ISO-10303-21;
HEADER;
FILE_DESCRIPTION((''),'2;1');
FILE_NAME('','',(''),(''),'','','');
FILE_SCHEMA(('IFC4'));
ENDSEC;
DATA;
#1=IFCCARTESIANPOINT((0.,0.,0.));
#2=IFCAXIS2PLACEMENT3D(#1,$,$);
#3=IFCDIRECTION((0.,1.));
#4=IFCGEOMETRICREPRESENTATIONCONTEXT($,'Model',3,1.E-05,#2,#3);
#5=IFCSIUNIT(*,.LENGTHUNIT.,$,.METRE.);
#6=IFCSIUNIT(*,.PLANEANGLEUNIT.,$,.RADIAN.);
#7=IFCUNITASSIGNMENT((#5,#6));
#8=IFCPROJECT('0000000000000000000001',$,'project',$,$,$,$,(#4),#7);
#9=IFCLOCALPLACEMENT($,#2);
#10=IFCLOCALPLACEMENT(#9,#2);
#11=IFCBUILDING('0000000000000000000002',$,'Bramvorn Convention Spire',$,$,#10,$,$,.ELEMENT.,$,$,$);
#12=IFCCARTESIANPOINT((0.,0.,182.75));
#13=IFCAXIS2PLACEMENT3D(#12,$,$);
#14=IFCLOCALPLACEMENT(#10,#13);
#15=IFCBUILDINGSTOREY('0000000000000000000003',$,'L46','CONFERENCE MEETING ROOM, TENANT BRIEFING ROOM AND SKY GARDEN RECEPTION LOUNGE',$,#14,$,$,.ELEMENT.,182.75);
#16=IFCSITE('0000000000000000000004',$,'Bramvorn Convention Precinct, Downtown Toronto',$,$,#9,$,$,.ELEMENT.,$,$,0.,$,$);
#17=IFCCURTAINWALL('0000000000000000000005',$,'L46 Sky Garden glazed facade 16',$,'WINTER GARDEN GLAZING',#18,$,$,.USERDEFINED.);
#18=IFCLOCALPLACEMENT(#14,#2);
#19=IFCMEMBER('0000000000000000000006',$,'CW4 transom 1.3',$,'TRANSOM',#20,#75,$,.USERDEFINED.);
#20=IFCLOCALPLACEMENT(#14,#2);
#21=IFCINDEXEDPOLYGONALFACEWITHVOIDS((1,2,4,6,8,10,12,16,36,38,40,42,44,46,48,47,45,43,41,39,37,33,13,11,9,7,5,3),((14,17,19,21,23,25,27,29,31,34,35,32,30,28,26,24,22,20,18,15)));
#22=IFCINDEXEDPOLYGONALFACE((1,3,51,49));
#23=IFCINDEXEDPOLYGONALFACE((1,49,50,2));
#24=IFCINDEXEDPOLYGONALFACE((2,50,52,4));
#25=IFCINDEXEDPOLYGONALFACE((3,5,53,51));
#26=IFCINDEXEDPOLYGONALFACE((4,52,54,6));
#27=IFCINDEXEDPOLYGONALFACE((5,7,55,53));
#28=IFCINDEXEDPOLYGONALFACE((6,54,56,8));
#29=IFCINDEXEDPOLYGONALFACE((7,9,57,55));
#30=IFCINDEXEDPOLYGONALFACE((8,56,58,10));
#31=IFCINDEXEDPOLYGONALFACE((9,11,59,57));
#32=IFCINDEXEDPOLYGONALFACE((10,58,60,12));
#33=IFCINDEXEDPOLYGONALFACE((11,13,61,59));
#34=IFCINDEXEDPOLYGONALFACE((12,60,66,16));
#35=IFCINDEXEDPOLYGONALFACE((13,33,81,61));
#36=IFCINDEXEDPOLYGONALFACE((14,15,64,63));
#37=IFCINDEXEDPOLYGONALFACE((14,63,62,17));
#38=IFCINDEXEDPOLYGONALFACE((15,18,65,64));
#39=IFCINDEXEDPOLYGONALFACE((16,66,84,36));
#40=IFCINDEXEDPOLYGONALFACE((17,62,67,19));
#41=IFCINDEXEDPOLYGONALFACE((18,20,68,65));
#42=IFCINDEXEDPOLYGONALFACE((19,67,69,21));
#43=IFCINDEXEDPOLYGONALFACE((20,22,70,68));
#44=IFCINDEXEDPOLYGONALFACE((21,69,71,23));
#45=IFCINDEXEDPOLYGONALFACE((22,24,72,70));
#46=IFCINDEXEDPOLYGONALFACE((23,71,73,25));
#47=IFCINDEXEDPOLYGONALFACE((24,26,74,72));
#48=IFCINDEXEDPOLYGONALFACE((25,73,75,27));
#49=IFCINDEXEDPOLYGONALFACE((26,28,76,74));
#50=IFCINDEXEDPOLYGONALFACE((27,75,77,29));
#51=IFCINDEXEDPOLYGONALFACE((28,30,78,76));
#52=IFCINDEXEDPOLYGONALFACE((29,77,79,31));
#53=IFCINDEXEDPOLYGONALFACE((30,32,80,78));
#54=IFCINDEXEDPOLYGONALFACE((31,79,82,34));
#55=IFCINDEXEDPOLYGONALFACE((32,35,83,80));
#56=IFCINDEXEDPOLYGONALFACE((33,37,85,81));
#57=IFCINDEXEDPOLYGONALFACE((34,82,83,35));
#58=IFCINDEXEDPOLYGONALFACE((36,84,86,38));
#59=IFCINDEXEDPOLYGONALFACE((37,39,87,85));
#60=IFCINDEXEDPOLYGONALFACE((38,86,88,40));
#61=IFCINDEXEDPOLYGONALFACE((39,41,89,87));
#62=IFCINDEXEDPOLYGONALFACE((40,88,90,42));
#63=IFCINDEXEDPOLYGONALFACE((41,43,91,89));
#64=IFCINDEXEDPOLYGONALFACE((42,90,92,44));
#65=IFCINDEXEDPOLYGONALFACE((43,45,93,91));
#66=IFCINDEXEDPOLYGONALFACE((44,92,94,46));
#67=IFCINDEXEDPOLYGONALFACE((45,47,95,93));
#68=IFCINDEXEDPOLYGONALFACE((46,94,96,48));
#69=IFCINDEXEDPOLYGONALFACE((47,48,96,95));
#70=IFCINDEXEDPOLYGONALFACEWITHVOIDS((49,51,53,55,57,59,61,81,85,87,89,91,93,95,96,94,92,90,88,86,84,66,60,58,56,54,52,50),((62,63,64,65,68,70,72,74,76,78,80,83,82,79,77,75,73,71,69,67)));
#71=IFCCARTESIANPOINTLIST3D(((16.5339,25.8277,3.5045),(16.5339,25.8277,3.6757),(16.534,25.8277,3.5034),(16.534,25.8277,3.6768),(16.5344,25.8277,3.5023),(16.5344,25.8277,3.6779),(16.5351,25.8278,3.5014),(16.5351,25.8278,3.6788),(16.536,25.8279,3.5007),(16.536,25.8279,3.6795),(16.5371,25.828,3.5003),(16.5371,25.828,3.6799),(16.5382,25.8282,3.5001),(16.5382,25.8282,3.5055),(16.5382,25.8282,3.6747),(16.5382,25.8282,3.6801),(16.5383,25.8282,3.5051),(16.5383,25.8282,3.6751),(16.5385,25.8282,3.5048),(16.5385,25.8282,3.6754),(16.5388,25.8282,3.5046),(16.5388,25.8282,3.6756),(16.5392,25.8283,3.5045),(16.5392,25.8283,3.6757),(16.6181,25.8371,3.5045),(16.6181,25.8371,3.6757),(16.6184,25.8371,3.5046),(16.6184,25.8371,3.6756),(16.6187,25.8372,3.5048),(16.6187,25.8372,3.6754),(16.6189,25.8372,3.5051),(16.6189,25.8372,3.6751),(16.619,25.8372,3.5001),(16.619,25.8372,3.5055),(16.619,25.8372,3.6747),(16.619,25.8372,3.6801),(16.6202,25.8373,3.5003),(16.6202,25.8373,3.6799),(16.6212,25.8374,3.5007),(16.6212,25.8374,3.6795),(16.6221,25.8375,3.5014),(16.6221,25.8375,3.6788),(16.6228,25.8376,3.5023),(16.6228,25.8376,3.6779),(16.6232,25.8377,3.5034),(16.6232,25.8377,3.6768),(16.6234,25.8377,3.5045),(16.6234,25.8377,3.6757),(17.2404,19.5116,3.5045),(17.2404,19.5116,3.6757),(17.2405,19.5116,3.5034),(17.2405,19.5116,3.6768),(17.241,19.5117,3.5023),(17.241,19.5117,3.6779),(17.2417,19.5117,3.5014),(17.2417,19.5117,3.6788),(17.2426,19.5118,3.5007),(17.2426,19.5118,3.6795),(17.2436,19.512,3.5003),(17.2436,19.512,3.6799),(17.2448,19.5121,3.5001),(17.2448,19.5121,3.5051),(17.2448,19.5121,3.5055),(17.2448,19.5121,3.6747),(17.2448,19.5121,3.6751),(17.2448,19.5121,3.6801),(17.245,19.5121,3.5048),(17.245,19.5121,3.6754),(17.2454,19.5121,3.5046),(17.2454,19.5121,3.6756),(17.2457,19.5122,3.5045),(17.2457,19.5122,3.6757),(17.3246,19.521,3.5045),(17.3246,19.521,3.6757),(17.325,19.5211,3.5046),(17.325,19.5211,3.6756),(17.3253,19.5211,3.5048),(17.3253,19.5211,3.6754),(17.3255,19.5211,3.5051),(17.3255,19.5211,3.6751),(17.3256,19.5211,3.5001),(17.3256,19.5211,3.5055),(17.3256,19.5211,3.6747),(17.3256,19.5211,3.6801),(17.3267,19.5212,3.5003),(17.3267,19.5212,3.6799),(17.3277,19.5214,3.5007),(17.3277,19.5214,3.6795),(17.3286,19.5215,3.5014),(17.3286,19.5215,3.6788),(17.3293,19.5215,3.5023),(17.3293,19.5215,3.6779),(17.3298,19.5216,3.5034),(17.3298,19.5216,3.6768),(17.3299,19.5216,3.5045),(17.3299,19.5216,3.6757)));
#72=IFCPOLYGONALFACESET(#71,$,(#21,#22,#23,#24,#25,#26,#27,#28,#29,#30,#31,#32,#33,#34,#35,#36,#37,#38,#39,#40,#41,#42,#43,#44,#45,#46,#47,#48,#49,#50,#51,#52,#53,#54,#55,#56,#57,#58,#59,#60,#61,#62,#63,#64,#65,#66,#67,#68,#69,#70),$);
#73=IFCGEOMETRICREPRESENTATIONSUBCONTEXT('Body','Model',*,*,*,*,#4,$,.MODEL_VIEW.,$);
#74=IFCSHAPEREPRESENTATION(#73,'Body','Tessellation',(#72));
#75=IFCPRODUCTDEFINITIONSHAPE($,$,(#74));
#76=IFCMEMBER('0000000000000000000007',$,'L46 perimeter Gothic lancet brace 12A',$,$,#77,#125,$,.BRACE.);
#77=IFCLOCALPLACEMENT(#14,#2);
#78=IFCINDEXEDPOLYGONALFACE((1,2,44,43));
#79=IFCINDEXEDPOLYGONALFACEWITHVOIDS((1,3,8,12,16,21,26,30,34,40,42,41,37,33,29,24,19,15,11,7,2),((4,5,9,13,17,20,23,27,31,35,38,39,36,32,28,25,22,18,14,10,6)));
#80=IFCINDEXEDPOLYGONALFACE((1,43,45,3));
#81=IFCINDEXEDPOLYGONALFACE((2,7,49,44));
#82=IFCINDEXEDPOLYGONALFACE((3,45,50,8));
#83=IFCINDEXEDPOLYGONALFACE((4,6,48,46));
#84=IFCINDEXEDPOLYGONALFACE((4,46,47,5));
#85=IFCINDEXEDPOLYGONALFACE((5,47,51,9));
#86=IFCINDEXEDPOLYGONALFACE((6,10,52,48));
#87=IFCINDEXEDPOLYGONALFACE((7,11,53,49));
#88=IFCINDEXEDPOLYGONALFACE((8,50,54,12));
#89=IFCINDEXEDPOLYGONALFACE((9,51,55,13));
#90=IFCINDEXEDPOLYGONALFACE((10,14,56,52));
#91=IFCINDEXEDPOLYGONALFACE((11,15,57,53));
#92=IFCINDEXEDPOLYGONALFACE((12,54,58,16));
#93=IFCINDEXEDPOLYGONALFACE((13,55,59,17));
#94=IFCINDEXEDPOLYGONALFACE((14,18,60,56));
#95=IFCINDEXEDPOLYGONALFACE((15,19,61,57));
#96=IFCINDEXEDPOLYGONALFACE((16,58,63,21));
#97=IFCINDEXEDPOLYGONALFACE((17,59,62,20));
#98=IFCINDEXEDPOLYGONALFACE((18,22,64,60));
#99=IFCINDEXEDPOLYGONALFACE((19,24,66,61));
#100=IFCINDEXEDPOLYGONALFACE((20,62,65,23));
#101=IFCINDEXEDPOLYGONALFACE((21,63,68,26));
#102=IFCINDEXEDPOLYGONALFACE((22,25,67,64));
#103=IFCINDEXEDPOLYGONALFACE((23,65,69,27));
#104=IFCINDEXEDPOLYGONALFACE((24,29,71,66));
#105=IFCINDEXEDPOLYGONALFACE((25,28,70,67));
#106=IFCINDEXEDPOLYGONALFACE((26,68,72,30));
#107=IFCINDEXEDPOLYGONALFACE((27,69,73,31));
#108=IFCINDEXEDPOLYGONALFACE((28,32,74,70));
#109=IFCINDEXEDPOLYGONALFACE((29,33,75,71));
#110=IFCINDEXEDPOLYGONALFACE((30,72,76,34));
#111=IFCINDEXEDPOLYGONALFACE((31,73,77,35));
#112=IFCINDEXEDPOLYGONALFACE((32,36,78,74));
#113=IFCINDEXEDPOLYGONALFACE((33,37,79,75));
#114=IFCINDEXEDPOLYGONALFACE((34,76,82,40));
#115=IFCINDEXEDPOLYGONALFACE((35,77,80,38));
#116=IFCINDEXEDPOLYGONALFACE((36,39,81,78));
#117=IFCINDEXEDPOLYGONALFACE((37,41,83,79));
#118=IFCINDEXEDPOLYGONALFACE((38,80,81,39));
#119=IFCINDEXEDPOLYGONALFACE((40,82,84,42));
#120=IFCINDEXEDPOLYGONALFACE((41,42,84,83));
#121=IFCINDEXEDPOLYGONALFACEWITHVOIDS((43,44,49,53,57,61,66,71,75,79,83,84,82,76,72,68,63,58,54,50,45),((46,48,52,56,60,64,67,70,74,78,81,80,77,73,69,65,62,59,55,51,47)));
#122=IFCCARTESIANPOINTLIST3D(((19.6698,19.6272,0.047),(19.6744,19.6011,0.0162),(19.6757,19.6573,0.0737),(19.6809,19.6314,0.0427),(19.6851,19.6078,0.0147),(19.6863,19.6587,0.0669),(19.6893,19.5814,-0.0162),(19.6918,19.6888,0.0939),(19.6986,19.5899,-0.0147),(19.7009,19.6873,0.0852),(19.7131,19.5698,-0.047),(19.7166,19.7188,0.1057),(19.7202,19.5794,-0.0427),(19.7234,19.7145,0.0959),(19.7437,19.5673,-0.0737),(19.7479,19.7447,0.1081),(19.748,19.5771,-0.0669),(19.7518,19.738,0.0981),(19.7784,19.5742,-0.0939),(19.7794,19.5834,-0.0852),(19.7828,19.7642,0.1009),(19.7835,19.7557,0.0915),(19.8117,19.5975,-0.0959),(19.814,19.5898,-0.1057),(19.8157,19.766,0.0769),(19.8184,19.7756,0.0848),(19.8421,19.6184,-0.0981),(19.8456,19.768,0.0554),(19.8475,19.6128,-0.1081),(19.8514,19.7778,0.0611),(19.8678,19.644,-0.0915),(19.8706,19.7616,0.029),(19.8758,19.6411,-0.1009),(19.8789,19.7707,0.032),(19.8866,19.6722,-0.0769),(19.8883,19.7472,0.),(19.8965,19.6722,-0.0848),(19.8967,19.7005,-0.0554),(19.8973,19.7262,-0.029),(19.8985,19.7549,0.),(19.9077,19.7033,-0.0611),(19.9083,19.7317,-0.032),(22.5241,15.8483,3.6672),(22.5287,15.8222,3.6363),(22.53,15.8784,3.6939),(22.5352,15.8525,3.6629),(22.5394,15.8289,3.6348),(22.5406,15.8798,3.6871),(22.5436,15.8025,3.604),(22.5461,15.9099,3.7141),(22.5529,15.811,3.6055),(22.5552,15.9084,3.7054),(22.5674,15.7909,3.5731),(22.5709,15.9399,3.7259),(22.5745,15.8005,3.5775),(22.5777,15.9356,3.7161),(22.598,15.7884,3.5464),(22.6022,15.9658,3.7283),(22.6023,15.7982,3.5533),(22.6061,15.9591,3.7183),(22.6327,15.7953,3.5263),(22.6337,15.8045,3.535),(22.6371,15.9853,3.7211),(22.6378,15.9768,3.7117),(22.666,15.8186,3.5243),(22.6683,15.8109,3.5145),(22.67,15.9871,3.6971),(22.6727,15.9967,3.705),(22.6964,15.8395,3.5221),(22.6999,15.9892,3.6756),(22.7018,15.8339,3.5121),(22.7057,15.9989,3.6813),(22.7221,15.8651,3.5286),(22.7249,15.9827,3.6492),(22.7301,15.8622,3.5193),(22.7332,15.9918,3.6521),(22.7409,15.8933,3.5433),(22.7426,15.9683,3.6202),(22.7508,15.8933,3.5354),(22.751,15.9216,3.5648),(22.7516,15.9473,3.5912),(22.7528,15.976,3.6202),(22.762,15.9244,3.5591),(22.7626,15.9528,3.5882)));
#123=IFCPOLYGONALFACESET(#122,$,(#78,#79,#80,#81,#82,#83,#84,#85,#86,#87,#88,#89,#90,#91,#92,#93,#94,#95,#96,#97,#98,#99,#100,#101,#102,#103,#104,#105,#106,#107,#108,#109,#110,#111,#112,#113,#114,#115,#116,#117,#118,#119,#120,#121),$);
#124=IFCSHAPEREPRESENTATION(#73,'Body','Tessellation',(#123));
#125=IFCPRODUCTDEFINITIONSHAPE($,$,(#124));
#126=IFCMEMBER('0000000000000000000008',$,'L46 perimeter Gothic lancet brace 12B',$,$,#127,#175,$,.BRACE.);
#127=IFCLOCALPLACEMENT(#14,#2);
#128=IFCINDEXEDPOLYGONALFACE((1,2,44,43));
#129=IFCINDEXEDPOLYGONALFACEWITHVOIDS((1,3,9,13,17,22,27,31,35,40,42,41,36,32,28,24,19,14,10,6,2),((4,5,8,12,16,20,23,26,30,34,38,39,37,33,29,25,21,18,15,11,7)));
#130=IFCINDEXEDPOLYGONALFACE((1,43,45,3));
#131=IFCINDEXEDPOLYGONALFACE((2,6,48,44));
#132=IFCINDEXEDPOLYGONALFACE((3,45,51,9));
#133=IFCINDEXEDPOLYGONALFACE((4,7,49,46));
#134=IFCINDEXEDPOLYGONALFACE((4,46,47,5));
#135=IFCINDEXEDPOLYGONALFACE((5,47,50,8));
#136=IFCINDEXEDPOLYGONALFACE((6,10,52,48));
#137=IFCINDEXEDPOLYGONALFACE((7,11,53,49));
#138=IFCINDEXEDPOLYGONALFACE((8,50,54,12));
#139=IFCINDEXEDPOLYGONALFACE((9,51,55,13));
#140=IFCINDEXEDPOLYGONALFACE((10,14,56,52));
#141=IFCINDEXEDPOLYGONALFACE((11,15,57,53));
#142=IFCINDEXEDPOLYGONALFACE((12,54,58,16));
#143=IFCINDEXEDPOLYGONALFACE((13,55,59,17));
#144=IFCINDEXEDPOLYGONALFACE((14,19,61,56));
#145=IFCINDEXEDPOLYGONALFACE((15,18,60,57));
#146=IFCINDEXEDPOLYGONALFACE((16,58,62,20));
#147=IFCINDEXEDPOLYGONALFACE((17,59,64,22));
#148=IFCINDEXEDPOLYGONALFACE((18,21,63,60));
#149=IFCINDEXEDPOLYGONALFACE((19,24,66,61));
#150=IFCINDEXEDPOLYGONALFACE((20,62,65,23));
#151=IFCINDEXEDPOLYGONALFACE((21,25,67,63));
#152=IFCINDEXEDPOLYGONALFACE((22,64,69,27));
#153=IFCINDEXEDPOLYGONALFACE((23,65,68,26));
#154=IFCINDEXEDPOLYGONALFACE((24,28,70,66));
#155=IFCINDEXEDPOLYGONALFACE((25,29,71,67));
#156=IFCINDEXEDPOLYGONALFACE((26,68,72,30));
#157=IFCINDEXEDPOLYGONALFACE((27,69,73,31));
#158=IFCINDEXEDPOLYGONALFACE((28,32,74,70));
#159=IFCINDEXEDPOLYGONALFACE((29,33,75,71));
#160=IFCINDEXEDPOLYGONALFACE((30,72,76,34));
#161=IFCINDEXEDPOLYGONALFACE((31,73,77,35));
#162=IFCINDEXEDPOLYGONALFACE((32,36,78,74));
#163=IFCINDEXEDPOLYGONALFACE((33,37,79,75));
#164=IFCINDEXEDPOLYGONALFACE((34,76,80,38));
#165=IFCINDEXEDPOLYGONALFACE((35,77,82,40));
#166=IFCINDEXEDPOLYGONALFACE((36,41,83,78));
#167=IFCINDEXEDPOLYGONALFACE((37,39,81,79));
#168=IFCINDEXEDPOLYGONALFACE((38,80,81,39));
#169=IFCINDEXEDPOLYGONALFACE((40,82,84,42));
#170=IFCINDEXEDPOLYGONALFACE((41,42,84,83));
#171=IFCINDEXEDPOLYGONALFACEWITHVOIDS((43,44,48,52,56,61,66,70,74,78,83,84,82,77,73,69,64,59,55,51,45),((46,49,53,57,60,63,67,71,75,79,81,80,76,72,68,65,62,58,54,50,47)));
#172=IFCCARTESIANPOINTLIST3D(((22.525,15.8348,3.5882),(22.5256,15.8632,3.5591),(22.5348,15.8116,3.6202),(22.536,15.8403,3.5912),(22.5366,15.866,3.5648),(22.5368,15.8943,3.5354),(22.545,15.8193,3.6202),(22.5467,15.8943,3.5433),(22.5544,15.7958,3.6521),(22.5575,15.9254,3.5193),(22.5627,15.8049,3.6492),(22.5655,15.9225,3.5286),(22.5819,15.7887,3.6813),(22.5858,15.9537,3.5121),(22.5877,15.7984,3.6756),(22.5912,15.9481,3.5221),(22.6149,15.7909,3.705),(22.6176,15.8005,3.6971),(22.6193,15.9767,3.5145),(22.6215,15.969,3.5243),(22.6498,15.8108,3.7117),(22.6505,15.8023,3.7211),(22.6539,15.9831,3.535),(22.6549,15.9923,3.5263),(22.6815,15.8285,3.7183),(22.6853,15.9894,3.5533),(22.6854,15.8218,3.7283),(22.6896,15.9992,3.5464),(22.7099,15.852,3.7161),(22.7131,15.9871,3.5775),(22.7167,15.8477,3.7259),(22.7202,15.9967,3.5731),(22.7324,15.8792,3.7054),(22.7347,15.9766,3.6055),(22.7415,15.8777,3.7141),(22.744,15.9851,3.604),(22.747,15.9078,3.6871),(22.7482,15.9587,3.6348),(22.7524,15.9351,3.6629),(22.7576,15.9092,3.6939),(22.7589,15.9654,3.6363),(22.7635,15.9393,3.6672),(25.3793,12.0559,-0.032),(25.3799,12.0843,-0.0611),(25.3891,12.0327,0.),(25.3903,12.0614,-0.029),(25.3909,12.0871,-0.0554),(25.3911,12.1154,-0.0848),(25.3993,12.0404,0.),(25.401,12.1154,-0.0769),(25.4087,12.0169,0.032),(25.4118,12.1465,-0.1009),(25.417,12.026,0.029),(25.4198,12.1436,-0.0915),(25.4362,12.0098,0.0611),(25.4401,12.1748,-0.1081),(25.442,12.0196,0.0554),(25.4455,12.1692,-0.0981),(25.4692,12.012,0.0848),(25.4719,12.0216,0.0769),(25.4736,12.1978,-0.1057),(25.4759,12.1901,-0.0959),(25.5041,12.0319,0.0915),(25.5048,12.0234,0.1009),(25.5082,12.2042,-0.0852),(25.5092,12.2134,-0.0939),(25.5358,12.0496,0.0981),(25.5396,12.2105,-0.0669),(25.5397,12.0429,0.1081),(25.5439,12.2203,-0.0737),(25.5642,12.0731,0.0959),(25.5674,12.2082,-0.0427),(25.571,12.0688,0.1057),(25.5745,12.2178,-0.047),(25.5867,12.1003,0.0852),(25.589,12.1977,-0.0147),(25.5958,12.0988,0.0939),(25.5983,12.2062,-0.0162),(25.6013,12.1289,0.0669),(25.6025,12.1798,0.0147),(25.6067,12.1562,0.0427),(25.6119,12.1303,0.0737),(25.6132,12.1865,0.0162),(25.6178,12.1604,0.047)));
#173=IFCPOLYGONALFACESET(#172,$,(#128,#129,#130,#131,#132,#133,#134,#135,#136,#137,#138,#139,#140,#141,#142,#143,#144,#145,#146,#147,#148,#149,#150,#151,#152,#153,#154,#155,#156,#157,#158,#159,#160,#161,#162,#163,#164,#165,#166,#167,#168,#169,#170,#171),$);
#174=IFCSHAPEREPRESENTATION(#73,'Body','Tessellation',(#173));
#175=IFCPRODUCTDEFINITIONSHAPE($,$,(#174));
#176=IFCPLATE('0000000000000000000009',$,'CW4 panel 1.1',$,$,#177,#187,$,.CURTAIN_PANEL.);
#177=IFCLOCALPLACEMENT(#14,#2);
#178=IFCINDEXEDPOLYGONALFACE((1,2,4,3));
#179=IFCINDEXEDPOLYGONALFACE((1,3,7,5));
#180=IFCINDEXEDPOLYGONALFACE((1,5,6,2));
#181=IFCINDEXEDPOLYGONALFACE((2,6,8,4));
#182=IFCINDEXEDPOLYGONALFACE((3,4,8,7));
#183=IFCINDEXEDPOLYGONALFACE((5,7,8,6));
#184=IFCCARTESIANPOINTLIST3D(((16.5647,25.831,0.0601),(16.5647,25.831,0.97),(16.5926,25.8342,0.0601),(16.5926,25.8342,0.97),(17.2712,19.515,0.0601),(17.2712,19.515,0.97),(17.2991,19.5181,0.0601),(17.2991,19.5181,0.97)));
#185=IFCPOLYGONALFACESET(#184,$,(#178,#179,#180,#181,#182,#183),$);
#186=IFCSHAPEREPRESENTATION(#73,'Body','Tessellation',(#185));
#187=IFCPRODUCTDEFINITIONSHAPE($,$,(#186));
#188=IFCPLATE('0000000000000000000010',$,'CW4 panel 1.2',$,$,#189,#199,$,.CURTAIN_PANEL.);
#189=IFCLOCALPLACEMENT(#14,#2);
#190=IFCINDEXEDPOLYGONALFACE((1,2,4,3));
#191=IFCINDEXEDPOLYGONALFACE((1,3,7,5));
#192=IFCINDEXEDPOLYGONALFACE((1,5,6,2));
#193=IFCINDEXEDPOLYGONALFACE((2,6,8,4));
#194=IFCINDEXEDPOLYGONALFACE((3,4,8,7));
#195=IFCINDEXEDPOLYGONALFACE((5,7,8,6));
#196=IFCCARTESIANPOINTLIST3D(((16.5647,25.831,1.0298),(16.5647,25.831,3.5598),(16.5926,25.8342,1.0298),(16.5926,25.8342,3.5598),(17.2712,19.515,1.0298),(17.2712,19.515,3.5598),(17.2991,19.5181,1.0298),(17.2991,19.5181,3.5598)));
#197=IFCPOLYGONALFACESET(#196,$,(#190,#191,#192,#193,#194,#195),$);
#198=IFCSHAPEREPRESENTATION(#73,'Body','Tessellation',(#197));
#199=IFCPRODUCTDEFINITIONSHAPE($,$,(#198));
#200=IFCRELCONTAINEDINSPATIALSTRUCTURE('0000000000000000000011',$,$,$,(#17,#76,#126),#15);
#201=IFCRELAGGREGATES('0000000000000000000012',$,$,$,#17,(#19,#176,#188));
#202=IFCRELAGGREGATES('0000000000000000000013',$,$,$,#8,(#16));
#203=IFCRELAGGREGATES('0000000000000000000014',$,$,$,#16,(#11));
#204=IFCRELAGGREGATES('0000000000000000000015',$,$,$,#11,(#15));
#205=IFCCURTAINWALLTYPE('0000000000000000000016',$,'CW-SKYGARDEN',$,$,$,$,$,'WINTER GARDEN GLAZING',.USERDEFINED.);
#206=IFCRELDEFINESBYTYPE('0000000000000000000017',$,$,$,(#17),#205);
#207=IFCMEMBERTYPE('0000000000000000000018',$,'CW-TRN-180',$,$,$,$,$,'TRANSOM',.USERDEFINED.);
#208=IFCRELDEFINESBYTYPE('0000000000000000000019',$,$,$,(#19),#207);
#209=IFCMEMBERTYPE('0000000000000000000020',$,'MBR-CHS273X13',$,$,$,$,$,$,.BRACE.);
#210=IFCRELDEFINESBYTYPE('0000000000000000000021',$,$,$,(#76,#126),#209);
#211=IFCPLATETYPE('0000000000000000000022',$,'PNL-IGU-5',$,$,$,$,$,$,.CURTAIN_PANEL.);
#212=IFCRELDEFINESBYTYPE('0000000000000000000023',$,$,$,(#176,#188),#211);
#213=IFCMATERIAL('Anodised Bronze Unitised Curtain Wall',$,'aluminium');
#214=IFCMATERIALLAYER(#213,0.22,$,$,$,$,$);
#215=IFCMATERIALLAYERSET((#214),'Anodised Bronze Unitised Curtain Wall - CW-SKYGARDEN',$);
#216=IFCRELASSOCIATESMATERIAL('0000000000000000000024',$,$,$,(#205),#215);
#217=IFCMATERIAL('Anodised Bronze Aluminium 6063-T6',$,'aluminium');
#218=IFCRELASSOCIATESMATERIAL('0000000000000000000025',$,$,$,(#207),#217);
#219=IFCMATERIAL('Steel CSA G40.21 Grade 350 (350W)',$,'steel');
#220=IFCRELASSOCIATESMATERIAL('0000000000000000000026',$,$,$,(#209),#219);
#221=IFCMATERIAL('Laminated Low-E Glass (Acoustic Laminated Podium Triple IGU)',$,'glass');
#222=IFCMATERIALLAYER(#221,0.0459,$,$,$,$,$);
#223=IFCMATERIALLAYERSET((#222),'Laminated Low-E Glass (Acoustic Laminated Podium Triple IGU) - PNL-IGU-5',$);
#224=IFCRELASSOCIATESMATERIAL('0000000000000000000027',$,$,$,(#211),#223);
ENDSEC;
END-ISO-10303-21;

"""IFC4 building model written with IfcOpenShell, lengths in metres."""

from ifc_helpers import new_model, si_unit, direction, frame, origin, origin_2d, place, context, subcontext, project, spatial, rectangle, hollow_rectangle, hollow_circle, extrude, material, layer, layer_set, material_profile, profile_set, type_object, element, aggregate, save


model = new_model("IFC4")

# Units and contexts
model_context = context("Model", 3, precision=1e-05, world=origin(), true_north=direction((0.0, 1.0)))
body_context = subcontext(model_context, "Body", "Model", "MODEL_VIEW")
ifc_project = project(units=[si_unit("LENGTHUNIT", "METRE"), si_unit("PLANEANGLEUNIT", "RADIAN")], contexts=[model_context])

# Site, building, storey
site_placement = place(None, origin())
site = spatial("IfcSite", under=ifc_project, at=site_placement, Name="Bramvorn Convention Precinct, Downtown Toronto", CompositionType="ELEMENT", RefElevation=0.0)
building_placement = place(site_placement, origin())
building = spatial("IfcBuilding", under=site, at=building_placement, Name="Bramvorn Convention Spire", CompositionType="ELEMENT")
storey_placement = place(building_placement, frame((0.0, 0.0, 182.75)))
storey = spatial("IfcBuildingStorey", under=building, at=storey_placement, Name="L46", Description="CONFERENCE MEETING ROOM, TENANT BRIEFING ROOM AND SKY GARDEN RECEPTION LOUNGE", CompositionType="ELEMENT", Elevation=182.75)

# Shared definitions
ifc_material_1 = material(Name="Steel CSA G40.21 Grade 350 (350W)", Category="steel")

# Curtain wall, member
ifc_material_2 = material(Name="Anodised Bronze Unitised Curtain Wall", Category="aluminium")
ifc_layer_1 = layer(ifc_material_2, 0.22)
ifc_layer_set_1 = layer_set([ifc_layer_1], Name="Anodised Bronze Unitised Curtain Wall - CW-SKYGARDEN")
curtain_wall_type = type_object("IfcCurtainWallType", Name="CW-SKYGARDEN", ElementType="WINTER GARDEN GLAZING", PredefinedType="USERDEFINED", material=ifc_layer_set_1)
curtain_wall_placement = place(storey_placement, origin())
curtain_wall = element("IfcCurtainWall", 1, at=curtain_wall_placement, inside=storey, type_object=curtain_wall_type, Name="L46 Sky Garden glazed facade 16", ObjectType="WINTER GARDEN GLAZING", PredefinedType="USERDEFINED")
ifc_material_3 = material(Name="Anodised Bronze Aluminium 6063-T6", Category="aluminium")
ifc_material_profile_1 = material_profile(ifc_material_3, hollow_rectangle(XDim=0.0901, YDim=0.1799, WallThickness=0.0044, InnerFilletRadius=0.001, OuterFilletRadius=0.0044, at=origin_2d()))
ifc_profile_set_1 = profile_set([ifc_material_profile_1], Name="Anodised Bronze Aluminium 6063-T6 - CWT90X180")
member_type_1 = type_object("IfcMemberType", Name="CW-TRN-180", ElementType="TRANSOM", PredefinedType="USERDEFINED", material=ifc_profile_set_1)
member_1_placement = place(storey_placement, frame((17.2852, 19.5166, 3.5901), z_axis=(-0.111169, 0.993801, 0.0), x_axis=(-0.993801, -0.111169, 0.0)))
member_1 = element("IfcMember", 2, at=member_1_placement, type_object=member_type_1, Name="CW4 transom 1.3", ObjectType="TRANSOM", PredefinedType="USERDEFINED", context=body_context, shape_type="SweptSolid", body=[
    extrude(hollow_rectangle(XDim=0.0901, YDim=0.1799, WallThickness=0.0044, InnerFilletRadius=0.001, OuterFilletRadius=0.0044, at=origin_2d()), origin(), (0.0, 0.0, 1.0), 6.3555),
])

# Members
ifc_material_profile_2 = material_profile(ifc_material_1, hollow_circle(Radius=0.1365, WallThickness=0.0127, at=origin_2d()))
ifc_profile_set_2 = profile_set([ifc_material_profile_2], Name="Steel CSA G40.21 Grade 350 (350W) - CHS273X13")
member_type_2 = type_object("IfcMemberType", Name="MBR-CHS273X13", PredefinedType="BRACE", material=ifc_profile_set_2)
for number, where, z_axis, x_axis, name in (
    (3, (19.7896, 19.6726, 0.0), (0.478835, -0.633941, 0.607319), (0.797954, 0.602719, 0.0), "L46 perimeter Gothic lancet brace 12A"),
    (4, (25.498, 12.115, 0.0), (-0.478835, 0.633941, 0.607319), (-0.797954, -0.602719, 0.0), "L46 perimeter Gothic lancet brace 12B"),
):
    element("IfcMember", number, at=place(storey_placement, frame(where, z_axis=z_axis, x_axis=x_axis)), inside=storey, type_object=member_type_2, Name=name, PredefinedType="BRACE", context=body_context, shape_type="SweptSolid", body=[
        extrude(hollow_circle(Radius=0.1365, WallThickness=0.0127, at=origin_2d()), origin(), (0.0, 0.0, 1.0), 5.9609),
    ])

# Plates
ifc_material_4 = material(Name="Laminated Low-E Glass (Acoustic Laminated Podium Triple IGU)", Category="glass")
ifc_layer_2 = layer(ifc_material_4, 0.0459)
ifc_layer_set_2 = layer_set([ifc_layer_2], Name="Laminated Low-E Glass (Acoustic Laminated Podium Triple IGU) - PNL-IGU-5")
plate_type = type_object("IfcPlateType", Name="PNL-IGU-5", PredefinedType="CURTAIN_PANEL", material=ifc_layer_set_2)
plate_1_placement = place(storey_placement, frame((16.9319, 22.6746, 0.0601), z_axis=(0.0, 0.0, 1.0), x_axis=(-0.111174, 0.993801, 0.0)))
plate_1 = element("IfcPlate", 5, at=plate_1_placement, type_object=plate_type, Name="CW4 panel 1.1", PredefinedType="CURTAIN_PANEL", context=body_context, shape_type="SweptSolid", body=[
    extrude(rectangle(XDim=6.3555, YDim=0.0281, at=origin_2d()), origin(), (0.0, 0.0, 1.0), 0.9099),
])
plate_2_placement = place(storey_placement, frame((16.9319, 22.6746, 1.0298), z_axis=(0.0, 0.0, 1.0), x_axis=(-0.111174, 0.993801, 0.0)))
plate_2 = element("IfcPlate", 6, at=plate_2_placement, type_object=plate_type, Name="CW4 panel 1.2", PredefinedType="CURTAIN_PANEL", context=body_context, shape_type="SweptSolid", body=[
    extrude(rectangle(XDim=6.3555, YDim=0.0281, at=origin_2d()), origin(), (0.0, 0.0, 1.0), 2.53),
])
aggregate(curtain_wall, [member_1, plate_1, plate_2])

save(model, "model.ifc")
